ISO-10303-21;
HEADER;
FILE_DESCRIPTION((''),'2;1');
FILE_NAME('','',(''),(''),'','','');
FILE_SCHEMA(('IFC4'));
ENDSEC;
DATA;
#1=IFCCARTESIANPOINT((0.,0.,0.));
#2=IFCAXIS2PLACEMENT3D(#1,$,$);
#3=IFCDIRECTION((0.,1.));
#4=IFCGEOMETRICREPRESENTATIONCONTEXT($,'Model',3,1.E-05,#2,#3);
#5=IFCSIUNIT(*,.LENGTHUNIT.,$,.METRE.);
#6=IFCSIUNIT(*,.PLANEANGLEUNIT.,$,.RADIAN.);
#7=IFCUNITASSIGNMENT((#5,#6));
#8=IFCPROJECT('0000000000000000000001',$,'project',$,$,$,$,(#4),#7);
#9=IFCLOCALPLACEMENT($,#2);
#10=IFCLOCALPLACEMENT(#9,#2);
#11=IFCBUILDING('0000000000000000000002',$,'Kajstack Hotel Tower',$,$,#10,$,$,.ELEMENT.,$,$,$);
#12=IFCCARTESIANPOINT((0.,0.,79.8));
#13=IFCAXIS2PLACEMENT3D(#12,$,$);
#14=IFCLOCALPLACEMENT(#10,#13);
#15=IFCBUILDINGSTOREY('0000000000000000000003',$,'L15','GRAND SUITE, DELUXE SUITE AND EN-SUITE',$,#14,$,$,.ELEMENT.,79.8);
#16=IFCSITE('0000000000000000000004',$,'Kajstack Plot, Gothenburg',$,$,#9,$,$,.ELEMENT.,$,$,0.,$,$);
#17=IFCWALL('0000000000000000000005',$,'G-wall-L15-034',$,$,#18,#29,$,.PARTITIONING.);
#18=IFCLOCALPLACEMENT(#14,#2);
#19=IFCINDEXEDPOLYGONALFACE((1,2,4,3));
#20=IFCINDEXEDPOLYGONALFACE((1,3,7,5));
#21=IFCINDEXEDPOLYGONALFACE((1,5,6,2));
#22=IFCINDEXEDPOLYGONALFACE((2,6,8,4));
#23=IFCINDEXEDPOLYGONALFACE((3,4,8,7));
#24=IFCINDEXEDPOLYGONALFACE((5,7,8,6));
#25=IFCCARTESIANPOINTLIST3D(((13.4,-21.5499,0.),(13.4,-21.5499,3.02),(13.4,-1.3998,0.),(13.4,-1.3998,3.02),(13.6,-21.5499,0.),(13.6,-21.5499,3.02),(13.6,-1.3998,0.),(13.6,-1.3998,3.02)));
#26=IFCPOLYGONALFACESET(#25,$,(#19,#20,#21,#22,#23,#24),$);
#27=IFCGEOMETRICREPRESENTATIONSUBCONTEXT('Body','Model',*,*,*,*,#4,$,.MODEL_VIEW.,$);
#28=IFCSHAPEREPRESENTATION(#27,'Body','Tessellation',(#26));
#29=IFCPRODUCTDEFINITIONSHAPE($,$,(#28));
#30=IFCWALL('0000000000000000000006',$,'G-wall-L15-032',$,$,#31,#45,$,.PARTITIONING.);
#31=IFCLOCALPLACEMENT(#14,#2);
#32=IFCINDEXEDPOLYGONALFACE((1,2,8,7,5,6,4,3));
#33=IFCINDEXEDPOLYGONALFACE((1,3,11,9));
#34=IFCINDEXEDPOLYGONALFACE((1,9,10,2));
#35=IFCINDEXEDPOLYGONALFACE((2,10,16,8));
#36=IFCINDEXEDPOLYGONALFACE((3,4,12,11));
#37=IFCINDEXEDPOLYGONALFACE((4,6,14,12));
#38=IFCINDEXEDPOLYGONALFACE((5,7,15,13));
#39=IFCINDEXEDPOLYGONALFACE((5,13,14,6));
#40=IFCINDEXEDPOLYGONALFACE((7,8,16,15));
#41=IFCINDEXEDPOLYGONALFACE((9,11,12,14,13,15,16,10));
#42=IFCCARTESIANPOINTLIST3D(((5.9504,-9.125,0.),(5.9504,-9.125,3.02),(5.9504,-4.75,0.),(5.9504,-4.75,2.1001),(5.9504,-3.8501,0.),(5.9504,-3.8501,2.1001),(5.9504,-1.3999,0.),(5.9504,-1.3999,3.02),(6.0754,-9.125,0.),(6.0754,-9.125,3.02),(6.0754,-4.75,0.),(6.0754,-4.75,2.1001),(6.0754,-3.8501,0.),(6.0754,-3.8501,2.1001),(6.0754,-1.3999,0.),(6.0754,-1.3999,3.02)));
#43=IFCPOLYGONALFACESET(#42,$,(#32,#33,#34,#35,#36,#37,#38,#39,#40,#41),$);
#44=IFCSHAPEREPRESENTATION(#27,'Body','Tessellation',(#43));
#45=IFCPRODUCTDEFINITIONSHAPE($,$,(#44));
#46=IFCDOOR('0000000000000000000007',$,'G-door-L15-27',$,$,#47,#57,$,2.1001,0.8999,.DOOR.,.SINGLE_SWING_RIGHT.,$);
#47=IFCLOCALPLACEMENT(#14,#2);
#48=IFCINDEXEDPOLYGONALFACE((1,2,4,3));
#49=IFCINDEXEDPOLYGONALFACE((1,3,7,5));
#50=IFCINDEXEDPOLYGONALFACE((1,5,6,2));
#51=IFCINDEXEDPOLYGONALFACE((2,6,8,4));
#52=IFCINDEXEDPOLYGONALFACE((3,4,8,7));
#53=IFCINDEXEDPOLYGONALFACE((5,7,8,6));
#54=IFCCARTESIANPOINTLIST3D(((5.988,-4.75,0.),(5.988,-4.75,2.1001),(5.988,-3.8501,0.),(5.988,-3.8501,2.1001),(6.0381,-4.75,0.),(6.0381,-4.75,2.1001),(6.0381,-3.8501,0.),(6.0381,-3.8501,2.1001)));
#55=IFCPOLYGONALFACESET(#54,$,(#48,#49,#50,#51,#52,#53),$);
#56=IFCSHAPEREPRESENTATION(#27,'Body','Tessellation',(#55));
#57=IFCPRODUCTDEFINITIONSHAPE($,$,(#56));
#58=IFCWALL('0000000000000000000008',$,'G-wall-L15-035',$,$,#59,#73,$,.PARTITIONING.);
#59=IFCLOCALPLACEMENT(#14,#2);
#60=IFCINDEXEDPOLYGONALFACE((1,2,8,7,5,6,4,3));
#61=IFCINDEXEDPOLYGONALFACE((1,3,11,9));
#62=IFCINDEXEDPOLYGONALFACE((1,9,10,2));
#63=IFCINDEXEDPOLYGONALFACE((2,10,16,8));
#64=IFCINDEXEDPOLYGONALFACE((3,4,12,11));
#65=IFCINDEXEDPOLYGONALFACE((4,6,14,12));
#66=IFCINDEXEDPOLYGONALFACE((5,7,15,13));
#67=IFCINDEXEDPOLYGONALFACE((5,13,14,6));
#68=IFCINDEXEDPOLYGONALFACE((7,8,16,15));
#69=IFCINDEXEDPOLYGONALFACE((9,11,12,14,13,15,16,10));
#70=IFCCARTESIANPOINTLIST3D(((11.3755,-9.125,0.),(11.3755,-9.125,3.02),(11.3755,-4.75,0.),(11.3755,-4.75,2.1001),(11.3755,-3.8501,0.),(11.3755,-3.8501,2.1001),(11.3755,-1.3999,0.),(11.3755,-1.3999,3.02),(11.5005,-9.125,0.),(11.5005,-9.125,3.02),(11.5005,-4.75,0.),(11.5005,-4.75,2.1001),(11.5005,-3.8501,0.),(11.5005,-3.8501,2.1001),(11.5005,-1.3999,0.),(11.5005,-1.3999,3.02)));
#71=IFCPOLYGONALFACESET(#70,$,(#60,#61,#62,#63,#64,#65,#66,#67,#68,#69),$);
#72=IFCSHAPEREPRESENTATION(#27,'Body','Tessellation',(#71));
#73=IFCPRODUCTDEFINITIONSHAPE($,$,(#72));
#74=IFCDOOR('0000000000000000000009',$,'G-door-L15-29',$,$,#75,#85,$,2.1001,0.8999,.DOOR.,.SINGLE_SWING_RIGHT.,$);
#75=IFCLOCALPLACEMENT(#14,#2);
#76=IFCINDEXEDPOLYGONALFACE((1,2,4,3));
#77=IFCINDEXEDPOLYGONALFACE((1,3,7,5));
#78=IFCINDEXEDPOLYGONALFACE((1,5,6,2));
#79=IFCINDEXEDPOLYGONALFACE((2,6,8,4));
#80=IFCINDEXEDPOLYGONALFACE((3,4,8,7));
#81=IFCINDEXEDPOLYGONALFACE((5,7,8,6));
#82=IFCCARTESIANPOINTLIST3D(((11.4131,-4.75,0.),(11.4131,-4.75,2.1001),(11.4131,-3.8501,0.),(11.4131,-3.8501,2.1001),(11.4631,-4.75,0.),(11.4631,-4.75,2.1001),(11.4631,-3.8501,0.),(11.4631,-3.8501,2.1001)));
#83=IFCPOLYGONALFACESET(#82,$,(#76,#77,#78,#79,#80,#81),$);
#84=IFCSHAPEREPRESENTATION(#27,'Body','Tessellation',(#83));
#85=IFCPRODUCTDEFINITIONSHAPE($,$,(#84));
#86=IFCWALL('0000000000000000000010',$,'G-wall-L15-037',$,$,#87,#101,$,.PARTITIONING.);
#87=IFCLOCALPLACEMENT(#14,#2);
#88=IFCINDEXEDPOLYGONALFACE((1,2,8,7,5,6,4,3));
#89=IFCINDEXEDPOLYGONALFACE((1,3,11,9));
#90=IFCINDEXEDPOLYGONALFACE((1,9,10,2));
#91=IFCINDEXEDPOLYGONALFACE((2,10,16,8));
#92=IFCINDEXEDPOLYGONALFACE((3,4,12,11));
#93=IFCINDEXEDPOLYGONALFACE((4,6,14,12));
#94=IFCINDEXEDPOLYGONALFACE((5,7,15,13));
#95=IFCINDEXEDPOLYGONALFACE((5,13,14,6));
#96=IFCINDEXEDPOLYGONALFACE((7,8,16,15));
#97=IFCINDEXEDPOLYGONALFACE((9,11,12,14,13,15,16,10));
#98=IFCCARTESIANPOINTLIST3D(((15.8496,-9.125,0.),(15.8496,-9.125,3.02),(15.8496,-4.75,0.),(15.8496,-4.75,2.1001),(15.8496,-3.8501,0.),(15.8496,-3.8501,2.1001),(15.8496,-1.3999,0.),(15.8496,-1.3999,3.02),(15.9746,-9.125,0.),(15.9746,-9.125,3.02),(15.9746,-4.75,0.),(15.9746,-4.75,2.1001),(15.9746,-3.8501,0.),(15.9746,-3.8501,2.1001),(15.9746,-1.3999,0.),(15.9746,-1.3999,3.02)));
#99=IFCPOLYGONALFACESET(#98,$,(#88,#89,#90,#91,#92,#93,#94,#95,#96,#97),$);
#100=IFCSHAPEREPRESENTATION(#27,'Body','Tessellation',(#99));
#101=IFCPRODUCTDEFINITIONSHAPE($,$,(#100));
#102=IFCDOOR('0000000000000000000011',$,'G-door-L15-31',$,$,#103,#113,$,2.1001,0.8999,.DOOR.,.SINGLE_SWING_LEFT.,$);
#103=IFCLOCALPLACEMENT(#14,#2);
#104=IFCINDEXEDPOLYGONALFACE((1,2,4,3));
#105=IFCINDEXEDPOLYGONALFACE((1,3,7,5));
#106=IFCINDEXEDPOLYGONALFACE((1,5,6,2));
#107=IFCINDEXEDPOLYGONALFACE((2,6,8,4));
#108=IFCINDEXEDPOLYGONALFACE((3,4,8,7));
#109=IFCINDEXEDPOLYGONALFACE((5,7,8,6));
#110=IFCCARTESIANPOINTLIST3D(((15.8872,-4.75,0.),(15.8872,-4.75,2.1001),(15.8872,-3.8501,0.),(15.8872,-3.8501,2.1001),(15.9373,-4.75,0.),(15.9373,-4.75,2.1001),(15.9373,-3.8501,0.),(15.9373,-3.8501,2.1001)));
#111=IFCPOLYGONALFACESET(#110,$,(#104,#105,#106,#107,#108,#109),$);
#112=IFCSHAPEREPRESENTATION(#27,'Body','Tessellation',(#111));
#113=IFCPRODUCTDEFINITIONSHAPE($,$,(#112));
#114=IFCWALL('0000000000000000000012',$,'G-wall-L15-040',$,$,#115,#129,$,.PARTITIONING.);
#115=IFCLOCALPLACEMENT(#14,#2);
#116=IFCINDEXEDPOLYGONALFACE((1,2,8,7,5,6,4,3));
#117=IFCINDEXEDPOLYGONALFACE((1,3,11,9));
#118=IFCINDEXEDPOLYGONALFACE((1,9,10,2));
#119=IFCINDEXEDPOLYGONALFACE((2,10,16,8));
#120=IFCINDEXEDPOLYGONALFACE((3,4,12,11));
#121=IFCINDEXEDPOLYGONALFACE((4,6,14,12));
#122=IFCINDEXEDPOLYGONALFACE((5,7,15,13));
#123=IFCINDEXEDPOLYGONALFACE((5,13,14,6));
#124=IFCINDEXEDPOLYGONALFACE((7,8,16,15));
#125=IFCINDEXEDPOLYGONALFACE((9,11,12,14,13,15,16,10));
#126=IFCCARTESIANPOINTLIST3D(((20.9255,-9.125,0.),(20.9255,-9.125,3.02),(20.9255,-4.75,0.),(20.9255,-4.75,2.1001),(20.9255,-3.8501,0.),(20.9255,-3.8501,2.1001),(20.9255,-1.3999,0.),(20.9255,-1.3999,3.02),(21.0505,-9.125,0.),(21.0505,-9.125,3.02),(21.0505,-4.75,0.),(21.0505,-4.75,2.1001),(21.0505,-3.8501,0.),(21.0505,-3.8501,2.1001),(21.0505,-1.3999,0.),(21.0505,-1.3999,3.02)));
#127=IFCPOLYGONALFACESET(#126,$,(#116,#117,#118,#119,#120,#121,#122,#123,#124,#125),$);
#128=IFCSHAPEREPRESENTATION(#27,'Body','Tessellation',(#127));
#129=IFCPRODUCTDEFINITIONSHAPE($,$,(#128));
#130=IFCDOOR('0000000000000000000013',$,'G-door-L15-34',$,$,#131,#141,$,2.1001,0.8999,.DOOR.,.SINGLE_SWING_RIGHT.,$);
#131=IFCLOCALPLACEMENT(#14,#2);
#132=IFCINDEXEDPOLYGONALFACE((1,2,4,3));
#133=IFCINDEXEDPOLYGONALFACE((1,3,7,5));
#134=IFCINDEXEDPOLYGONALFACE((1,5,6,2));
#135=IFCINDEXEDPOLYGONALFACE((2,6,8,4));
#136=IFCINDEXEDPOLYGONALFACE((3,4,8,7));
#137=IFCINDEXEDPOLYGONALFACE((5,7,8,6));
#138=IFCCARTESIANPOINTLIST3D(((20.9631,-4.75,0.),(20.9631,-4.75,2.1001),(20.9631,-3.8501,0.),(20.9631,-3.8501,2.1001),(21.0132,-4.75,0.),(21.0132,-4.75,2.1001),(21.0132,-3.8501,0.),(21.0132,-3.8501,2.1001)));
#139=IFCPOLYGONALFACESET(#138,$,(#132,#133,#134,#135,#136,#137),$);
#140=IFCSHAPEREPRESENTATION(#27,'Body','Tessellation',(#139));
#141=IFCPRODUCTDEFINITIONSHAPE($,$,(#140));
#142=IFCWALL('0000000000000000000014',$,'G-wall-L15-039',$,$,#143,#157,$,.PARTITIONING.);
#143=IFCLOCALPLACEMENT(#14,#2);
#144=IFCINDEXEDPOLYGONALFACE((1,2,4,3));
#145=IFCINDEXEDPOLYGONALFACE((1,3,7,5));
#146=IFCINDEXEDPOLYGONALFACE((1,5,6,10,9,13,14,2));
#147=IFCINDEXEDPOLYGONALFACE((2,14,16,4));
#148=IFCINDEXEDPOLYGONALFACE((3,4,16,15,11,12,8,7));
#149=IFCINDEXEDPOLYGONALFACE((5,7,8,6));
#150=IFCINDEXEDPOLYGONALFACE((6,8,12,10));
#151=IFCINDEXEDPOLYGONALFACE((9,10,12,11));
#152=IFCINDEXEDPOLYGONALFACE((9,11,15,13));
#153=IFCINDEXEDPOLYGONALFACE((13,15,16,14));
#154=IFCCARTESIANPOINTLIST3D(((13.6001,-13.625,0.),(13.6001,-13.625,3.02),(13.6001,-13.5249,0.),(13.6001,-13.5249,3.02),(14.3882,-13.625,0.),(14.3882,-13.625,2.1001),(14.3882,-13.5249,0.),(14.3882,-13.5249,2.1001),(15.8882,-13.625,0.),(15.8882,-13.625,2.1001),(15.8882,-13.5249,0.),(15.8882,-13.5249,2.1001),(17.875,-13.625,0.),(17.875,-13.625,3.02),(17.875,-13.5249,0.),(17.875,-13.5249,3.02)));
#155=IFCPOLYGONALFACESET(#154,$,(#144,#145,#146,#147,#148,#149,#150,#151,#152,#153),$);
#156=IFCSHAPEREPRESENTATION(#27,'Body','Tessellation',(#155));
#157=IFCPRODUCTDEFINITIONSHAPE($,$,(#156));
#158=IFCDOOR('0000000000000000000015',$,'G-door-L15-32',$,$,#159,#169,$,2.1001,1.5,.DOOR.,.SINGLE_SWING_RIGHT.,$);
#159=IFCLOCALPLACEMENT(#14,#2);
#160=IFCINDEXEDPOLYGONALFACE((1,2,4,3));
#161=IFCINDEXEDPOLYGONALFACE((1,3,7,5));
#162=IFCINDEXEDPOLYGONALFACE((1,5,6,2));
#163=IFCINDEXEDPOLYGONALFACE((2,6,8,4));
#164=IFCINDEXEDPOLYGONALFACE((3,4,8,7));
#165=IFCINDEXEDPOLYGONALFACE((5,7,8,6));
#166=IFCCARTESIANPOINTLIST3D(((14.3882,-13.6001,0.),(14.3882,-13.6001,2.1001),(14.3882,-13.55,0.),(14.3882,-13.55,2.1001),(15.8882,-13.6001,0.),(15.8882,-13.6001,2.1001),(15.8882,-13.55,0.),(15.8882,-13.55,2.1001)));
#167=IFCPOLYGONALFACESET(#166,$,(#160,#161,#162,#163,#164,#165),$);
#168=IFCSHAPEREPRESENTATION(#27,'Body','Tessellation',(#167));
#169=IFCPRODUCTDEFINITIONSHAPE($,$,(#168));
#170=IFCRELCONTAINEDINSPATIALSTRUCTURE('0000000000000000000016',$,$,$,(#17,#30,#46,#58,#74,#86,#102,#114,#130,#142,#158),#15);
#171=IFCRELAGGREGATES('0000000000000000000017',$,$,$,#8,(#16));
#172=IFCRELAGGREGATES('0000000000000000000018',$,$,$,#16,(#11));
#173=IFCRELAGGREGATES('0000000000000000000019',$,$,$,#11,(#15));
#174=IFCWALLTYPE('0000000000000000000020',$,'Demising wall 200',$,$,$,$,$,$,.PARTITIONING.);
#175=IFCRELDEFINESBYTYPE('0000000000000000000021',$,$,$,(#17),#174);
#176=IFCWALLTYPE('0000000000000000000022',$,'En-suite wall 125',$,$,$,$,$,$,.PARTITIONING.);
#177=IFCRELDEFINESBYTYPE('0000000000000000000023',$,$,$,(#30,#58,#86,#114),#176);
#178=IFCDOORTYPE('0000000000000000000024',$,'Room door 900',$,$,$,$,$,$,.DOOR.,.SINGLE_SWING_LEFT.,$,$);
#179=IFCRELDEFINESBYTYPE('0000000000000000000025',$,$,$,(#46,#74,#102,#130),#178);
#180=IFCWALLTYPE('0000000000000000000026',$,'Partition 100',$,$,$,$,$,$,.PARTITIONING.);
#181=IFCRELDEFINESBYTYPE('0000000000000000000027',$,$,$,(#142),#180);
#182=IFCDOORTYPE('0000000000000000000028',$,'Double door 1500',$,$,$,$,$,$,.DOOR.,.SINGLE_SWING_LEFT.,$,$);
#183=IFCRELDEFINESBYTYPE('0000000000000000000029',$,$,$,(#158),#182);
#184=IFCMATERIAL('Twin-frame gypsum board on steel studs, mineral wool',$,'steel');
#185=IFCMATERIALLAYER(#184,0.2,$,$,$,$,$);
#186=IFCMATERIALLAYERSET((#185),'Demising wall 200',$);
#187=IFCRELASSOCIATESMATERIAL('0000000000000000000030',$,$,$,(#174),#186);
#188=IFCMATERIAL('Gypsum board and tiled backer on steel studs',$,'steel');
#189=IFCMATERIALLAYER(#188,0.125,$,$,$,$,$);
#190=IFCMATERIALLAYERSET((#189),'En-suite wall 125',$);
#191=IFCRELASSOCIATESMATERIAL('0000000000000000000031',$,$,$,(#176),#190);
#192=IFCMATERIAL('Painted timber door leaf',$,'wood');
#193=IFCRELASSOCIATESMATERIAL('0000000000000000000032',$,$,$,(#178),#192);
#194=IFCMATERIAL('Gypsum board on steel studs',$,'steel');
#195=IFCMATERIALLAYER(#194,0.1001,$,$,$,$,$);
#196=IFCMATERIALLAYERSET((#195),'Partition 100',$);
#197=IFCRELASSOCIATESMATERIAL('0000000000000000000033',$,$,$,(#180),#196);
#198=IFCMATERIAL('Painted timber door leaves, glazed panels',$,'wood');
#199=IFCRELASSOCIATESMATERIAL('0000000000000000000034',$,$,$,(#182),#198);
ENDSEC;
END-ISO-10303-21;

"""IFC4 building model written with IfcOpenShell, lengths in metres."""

from ifc_helpers import new_model, si_unit, direction, frame, frame_2d, origin, place, context, subcontext, project, spatial, rectangle, extrude, material, layer, layer_set, type_object, element, fill, save


model = new_model("IFC4")

# Units and contexts
model_context = context("Model", 3, precision=1e-05, world=origin(), true_north=direction((0.0, 1.0)))
body_context = subcontext(model_context, "Body", "Model", "MODEL_VIEW")
ifc_project = project(units=[si_unit("LENGTHUNIT", "METRE"), si_unit("PLANEANGLEUNIT", "RADIAN")], contexts=[model_context])

# Site, building, storey
site_placement = place(None, origin())
site = spatial("IfcSite", under=ifc_project, at=site_placement, Name="Kajstack Plot, Gothenburg", CompositionType="ELEMENT", RefElevation=0.0)
building_placement = place(site_placement, origin())
building = spatial("IfcBuilding", under=site, at=building_placement, Name="Kajstack Hotel Tower", CompositionType="ELEMENT")
storey_placement = place(building_placement, frame((0.0, 0.0, 79.8)))
storey = spatial("IfcBuildingStorey", under=building, at=storey_placement, Name="L15", Description="GRAND SUITE, DELUXE SUITE AND EN-SUITE", CompositionType="ELEMENT", Elevation=79.8)

# Wall
ifc_material_1 = material(Name="Twin-frame gypsum board on steel studs, mineral wool", Category="steel")
ifc_layer_1 = layer(ifc_material_1, 0.2)
ifc_layer_set_1 = layer_set([ifc_layer_1], Name="Demising wall 200")
wall_type_1 = type_object("IfcWallType", Name="Demising wall 200", PredefinedType="PARTITIONING", material=ifc_layer_set_1)
wall_1_placement = place(storey_placement, frame((13.5, -21.55, 0.0), z_axis=(0.0, 0.0, 1.0), x_axis=(0.0, 1.0, 0.0)))
element("IfcWall", 1, at=wall_1_placement, inside=storey, type_object=wall_type_1, Name="G-wall-L15-034", PredefinedType="PARTITIONING", context=body_context, shape_type="SweptSolid", body=[
    extrude(rectangle(XDim=20.1501, YDim=0.2, at=frame_2d((10.0752, 0.0))), origin(), (0.0, 0.0, 1.0), 3.02),
])

# Walls, openings, doors
ifc_material_2 = material(Name="Gypsum board and tiled backer on steel studs", Category="steel")
ifc_layer_2 = layer(ifc_material_2, 0.125)
ifc_layer_set_2 = layer_set([ifc_layer_2], Name="En-suite wall 125")
wall_type_2 = type_object("IfcWallType", Name="En-suite wall 125", PredefinedType="PARTITIONING", material=ifc_layer_set_2)
wall_2_placement = place(storey_placement, frame((6.0129, -9.125, 0.0), z_axis=(0.0, 0.0, 1.0), x_axis=(0.0, 1.0, 0.0)))
wall_2 = element("IfcWall", 2, at=wall_2_placement, inside=storey, type_object=wall_type_2, Name="G-wall-L15-032", PredefinedType="PARTITIONING", context=body_context, shape_type="SweptSolid", body=[
    extrude(rectangle(XDim=7.7251, YDim=0.125, at=frame_2d((3.8625, 0.0))), origin(), (0.0, 0.0, 1.0), 3.02),
])
opening_1_placement = place(wall_2_placement, frame((4.375, 0.0, 0.0)))
opening_1 = element("IfcOpeningElement", 3, at=opening_1_placement, cuts=wall_2, PredefinedType="OPENING", context=body_context, shape_type="SweptSolid", body=[
    extrude(rectangle(XDim=0.8999, YDim=2.1001, at=frame_2d((0.45, 1.05))), frame((0.0, 0.0725, 0.0), z_axis=(0.0, -1.0, 0.0), x_axis=(1.0, 0.0, 0.0)), (0.0, 0.0, 1.0), 0.145),
])
ifc_material_3 = material(Name="Painted timber door leaf", Category="wood")
door_type_1 = type_object("IfcDoorType", Name="Room door 900", OperationType="SINGLE_SWING_LEFT", PredefinedType="DOOR", material=ifc_material_3)
door_1_placement = place(opening_1_placement, origin())
door_1 = element("IfcDoor", 4, at=door_1_placement, inside=storey, type_object=door_type_1, Name="G-door-L15-27", OperationType="SINGLE_SWING_RIGHT", OverallHeight=2.1001, OverallWidth=0.8999, PredefinedType="DOOR", context=body_context, shape_type="SweptSolid", body=[
    extrude(rectangle(XDim=0.8999, YDim=2.1001, at=frame_2d((0.45, 1.05))), frame((0.0, 0.0249, 0.0), z_axis=(0.0, -1.0, 0.0), x_axis=(1.0, 0.0, 0.0)), (0.0, 0.0, 1.0), 0.05),
])
fill(opening_1, door_1)
wall_3_placement = place(storey_placement, frame((11.438, -9.125, 0.0), z_axis=(0.0, 0.0, 1.0), x_axis=(0.0, 1.0, 0.0)))
wall_3 = element("IfcWall", 5, at=wall_3_placement, inside=storey, type_object=wall_type_2, Name="G-wall-L15-035", PredefinedType="PARTITIONING", context=body_context, shape_type="SweptSolid", body=[
    extrude(rectangle(XDim=7.7251, YDim=0.125, at=frame_2d((3.8625, 0.0))), origin(), (0.0, 0.0, 1.0), 3.02),
])
opening_2_placement = place(wall_3_placement, frame((4.375, 0.0, 0.0)))
opening_2 = element("IfcOpeningElement", 6, at=opening_2_placement, cuts=wall_3, PredefinedType="OPENING", context=body_context, shape_type="SweptSolid", body=[
    extrude(rectangle(XDim=0.8999, YDim=2.1001, at=frame_2d((0.45, 1.05))), frame((0.0, 0.0725, 0.0), z_axis=(0.0, -1.0, 0.0), x_axis=(1.0, 0.0, 0.0)), (0.0, 0.0, 1.0), 0.145),
])
door_2_placement = place(opening_2_placement, origin())
door_2 = element("IfcDoor", 7, at=door_2_placement, inside=storey, type_object=door_type_1, Name="G-door-L15-29", OperationType="SINGLE_SWING_RIGHT", OverallHeight=2.1001, OverallWidth=0.8999, PredefinedType="DOOR", context=body_context, shape_type="SweptSolid", body=[
    extrude(rectangle(XDim=0.8999, YDim=2.1001, at=frame_2d((0.45, 1.05))), frame((0.0, 0.0249, 0.0), z_axis=(0.0, -1.0, 0.0), x_axis=(1.0, 0.0, 0.0)), (0.0, 0.0, 1.0), 0.05),
])
fill(opening_2, door_2)
wall_4_placement = place(storey_placement, frame((15.9121, -9.125, 0.0), z_axis=(0.0, 0.0, 1.0), x_axis=(0.0, 1.0, 0.0)))
wall_4 = element("IfcWall", 8, at=wall_4_placement, inside=storey, type_object=wall_type_2, Name="G-wall-L15-037", PredefinedType="PARTITIONING", context=body_context, shape_type="SweptSolid", body=[
    extrude(rectangle(XDim=7.7251, YDim=0.125, at=frame_2d((3.8625, 0.0))), origin(), (0.0, 0.0, 1.0), 3.02),
])
opening_3_placement = place(wall_4_placement, frame((4.375, 0.0, 0.0)))
opening_3 = element("IfcOpeningElement", 9, at=opening_3_placement, cuts=wall_4, PredefinedType="OPENING", context=body_context, shape_type="SweptSolid", body=[
    extrude(rectangle(XDim=0.8999, YDim=2.1001, at=frame_2d((0.45, 1.05))), frame((0.0, 0.0725, 0.0), z_axis=(0.0, -1.0, 0.0), x_axis=(1.0, 0.0, 0.0)), (0.0, 0.0, 1.0), 0.145),
])
door_3_placement = place(opening_3_placement, origin())
door_3 = element("IfcDoor", 10, at=door_3_placement, inside=storey, type_object=door_type_1, Name="G-door-L15-31", OperationType="SINGLE_SWING_LEFT", OverallHeight=2.1001, OverallWidth=0.8999, PredefinedType="DOOR", context=body_context, shape_type="SweptSolid", body=[
    extrude(rectangle(XDim=0.8999, YDim=2.1001, at=frame_2d((0.45, 1.05))), frame((0.0, 0.0249, 0.0), z_axis=(0.0, -1.0, 0.0), x_axis=(1.0, 0.0, 0.0)), (0.0, 0.0, 1.0), 0.05),
])
fill(opening_3, door_3)
wall_5_placement = place(storey_placement, frame((20.988, -9.125, 0.0), z_axis=(0.0, 0.0, 1.0), x_axis=(0.0, 1.0, 0.0)))
wall_5 = element("IfcWall", 11, at=wall_5_placement, inside=storey, type_object=wall_type_2, Name="G-wall-L15-040", PredefinedType="PARTITIONING", context=body_context, shape_type="SweptSolid", body=[
    extrude(rectangle(XDim=7.7251, YDim=0.125, at=frame_2d((3.8625, 0.0))), origin(), (0.0, 0.0, 1.0), 3.02),
])
opening_4_placement = place(wall_5_placement, frame((4.375, 0.0, 0.0)))
opening_4 = element("IfcOpeningElement", 12, at=opening_4_placement, cuts=wall_5, PredefinedType="OPENING", context=body_context, shape_type="SweptSolid", body=[
    extrude(rectangle(XDim=0.8999, YDim=2.1001, at=frame_2d((0.45, 1.05))), frame((0.0, 0.0725, 0.0), z_axis=(0.0, -1.0, 0.0), x_axis=(1.0, 0.0, 0.0)), (0.0, 0.0, 1.0), 0.145),
])
door_4_placement = place(opening_4_placement, origin())
door_4 = element("IfcDoor", 13, at=door_4_placement, inside=storey, type_object=door_type_1, Name="G-door-L15-34", OperationType="SINGLE_SWING_RIGHT", OverallHeight=2.1001, OverallWidth=0.8999, PredefinedType="DOOR", context=body_context, shape_type="SweptSolid", body=[
    extrude(rectangle(XDim=0.8999, YDim=2.1001, at=frame_2d((0.45, 1.05))), frame((0.0, 0.0249, 0.0), z_axis=(0.0, -1.0, 0.0), x_axis=(1.0, 0.0, 0.0)), (0.0, 0.0, 1.0), 0.05),
])
fill(opening_4, door_4)
ifc_material_4 = material(Name="Gypsum board on steel studs", Category="steel")
ifc_layer_3 = layer(ifc_material_4, 0.1001)
ifc_layer_set_3 = layer_set([ifc_layer_3], Name="Partition 100")
wall_type_3 = type_object("IfcWallType", Name="Partition 100", PredefinedType="PARTITIONING", material=ifc_layer_set_3)
wall_6_placement = place(storey_placement, frame((13.6001, -13.575, 0.0), z_axis=(0.0, 0.0, 1.0), x_axis=(1.0, 0.0, 0.0)))
wall_6 = element("IfcWall", 14, at=wall_6_placement, inside=storey, type_object=wall_type_3, Name="G-wall-L15-039", PredefinedType="PARTITIONING", context=body_context, shape_type="SweptSolid", body=[
    extrude(rectangle(XDim=4.2749, YDim=0.1001, at=frame_2d((2.1375, 0.0))), origin(), (0.0, 0.0, 1.0), 3.02),
])
opening_5_placement = place(wall_6_placement, frame((0.7881, 0.0, 0.0)))
opening_5 = element("IfcOpeningElement", 15, at=opening_5_placement, cuts=wall_6, PredefinedType="OPENING", context=body_context, shape_type="SweptSolid", body=[
    extrude(rectangle(XDim=1.5, YDim=2.1001, at=frame_2d((0.75, 1.05))), frame((0.0, 0.0601, 0.0), z_axis=(0.0, -1.0, 0.0), x_axis=(1.0, 0.0, 0.0)), (0.0, 0.0, 1.0), 0.1201),
])
ifc_material_5 = material(Name="Painted timber door leaves, glazed panels", Category="wood")
door_type_2 = type_object("IfcDoorType", Name="Double door 1500", OperationType="SINGLE_SWING_LEFT", PredefinedType="DOOR", material=ifc_material_5)
door_5_placement = place(opening_5_placement, origin())
door_5 = element("IfcDoor", 16, at=door_5_placement, inside=storey, type_object=door_type_2, Name="G-door-L15-32", OperationType="SINGLE_SWING_RIGHT", OverallHeight=2.1001, OverallWidth=1.5, PredefinedType="DOOR", context=body_context, shape_type="SweptSolid", body=[
    extrude(rectangle(XDim=1.5, YDim=2.1001, at=frame_2d((0.75, 1.05))), frame((0.0, 0.0249, 0.0), z_axis=(0.0, -1.0, 0.0), x_axis=(1.0, 0.0, 0.0)), (0.0, 0.0, 1.0), 0.05),
])
fill(opening_5, door_5)

save(model, "model.ifc")
